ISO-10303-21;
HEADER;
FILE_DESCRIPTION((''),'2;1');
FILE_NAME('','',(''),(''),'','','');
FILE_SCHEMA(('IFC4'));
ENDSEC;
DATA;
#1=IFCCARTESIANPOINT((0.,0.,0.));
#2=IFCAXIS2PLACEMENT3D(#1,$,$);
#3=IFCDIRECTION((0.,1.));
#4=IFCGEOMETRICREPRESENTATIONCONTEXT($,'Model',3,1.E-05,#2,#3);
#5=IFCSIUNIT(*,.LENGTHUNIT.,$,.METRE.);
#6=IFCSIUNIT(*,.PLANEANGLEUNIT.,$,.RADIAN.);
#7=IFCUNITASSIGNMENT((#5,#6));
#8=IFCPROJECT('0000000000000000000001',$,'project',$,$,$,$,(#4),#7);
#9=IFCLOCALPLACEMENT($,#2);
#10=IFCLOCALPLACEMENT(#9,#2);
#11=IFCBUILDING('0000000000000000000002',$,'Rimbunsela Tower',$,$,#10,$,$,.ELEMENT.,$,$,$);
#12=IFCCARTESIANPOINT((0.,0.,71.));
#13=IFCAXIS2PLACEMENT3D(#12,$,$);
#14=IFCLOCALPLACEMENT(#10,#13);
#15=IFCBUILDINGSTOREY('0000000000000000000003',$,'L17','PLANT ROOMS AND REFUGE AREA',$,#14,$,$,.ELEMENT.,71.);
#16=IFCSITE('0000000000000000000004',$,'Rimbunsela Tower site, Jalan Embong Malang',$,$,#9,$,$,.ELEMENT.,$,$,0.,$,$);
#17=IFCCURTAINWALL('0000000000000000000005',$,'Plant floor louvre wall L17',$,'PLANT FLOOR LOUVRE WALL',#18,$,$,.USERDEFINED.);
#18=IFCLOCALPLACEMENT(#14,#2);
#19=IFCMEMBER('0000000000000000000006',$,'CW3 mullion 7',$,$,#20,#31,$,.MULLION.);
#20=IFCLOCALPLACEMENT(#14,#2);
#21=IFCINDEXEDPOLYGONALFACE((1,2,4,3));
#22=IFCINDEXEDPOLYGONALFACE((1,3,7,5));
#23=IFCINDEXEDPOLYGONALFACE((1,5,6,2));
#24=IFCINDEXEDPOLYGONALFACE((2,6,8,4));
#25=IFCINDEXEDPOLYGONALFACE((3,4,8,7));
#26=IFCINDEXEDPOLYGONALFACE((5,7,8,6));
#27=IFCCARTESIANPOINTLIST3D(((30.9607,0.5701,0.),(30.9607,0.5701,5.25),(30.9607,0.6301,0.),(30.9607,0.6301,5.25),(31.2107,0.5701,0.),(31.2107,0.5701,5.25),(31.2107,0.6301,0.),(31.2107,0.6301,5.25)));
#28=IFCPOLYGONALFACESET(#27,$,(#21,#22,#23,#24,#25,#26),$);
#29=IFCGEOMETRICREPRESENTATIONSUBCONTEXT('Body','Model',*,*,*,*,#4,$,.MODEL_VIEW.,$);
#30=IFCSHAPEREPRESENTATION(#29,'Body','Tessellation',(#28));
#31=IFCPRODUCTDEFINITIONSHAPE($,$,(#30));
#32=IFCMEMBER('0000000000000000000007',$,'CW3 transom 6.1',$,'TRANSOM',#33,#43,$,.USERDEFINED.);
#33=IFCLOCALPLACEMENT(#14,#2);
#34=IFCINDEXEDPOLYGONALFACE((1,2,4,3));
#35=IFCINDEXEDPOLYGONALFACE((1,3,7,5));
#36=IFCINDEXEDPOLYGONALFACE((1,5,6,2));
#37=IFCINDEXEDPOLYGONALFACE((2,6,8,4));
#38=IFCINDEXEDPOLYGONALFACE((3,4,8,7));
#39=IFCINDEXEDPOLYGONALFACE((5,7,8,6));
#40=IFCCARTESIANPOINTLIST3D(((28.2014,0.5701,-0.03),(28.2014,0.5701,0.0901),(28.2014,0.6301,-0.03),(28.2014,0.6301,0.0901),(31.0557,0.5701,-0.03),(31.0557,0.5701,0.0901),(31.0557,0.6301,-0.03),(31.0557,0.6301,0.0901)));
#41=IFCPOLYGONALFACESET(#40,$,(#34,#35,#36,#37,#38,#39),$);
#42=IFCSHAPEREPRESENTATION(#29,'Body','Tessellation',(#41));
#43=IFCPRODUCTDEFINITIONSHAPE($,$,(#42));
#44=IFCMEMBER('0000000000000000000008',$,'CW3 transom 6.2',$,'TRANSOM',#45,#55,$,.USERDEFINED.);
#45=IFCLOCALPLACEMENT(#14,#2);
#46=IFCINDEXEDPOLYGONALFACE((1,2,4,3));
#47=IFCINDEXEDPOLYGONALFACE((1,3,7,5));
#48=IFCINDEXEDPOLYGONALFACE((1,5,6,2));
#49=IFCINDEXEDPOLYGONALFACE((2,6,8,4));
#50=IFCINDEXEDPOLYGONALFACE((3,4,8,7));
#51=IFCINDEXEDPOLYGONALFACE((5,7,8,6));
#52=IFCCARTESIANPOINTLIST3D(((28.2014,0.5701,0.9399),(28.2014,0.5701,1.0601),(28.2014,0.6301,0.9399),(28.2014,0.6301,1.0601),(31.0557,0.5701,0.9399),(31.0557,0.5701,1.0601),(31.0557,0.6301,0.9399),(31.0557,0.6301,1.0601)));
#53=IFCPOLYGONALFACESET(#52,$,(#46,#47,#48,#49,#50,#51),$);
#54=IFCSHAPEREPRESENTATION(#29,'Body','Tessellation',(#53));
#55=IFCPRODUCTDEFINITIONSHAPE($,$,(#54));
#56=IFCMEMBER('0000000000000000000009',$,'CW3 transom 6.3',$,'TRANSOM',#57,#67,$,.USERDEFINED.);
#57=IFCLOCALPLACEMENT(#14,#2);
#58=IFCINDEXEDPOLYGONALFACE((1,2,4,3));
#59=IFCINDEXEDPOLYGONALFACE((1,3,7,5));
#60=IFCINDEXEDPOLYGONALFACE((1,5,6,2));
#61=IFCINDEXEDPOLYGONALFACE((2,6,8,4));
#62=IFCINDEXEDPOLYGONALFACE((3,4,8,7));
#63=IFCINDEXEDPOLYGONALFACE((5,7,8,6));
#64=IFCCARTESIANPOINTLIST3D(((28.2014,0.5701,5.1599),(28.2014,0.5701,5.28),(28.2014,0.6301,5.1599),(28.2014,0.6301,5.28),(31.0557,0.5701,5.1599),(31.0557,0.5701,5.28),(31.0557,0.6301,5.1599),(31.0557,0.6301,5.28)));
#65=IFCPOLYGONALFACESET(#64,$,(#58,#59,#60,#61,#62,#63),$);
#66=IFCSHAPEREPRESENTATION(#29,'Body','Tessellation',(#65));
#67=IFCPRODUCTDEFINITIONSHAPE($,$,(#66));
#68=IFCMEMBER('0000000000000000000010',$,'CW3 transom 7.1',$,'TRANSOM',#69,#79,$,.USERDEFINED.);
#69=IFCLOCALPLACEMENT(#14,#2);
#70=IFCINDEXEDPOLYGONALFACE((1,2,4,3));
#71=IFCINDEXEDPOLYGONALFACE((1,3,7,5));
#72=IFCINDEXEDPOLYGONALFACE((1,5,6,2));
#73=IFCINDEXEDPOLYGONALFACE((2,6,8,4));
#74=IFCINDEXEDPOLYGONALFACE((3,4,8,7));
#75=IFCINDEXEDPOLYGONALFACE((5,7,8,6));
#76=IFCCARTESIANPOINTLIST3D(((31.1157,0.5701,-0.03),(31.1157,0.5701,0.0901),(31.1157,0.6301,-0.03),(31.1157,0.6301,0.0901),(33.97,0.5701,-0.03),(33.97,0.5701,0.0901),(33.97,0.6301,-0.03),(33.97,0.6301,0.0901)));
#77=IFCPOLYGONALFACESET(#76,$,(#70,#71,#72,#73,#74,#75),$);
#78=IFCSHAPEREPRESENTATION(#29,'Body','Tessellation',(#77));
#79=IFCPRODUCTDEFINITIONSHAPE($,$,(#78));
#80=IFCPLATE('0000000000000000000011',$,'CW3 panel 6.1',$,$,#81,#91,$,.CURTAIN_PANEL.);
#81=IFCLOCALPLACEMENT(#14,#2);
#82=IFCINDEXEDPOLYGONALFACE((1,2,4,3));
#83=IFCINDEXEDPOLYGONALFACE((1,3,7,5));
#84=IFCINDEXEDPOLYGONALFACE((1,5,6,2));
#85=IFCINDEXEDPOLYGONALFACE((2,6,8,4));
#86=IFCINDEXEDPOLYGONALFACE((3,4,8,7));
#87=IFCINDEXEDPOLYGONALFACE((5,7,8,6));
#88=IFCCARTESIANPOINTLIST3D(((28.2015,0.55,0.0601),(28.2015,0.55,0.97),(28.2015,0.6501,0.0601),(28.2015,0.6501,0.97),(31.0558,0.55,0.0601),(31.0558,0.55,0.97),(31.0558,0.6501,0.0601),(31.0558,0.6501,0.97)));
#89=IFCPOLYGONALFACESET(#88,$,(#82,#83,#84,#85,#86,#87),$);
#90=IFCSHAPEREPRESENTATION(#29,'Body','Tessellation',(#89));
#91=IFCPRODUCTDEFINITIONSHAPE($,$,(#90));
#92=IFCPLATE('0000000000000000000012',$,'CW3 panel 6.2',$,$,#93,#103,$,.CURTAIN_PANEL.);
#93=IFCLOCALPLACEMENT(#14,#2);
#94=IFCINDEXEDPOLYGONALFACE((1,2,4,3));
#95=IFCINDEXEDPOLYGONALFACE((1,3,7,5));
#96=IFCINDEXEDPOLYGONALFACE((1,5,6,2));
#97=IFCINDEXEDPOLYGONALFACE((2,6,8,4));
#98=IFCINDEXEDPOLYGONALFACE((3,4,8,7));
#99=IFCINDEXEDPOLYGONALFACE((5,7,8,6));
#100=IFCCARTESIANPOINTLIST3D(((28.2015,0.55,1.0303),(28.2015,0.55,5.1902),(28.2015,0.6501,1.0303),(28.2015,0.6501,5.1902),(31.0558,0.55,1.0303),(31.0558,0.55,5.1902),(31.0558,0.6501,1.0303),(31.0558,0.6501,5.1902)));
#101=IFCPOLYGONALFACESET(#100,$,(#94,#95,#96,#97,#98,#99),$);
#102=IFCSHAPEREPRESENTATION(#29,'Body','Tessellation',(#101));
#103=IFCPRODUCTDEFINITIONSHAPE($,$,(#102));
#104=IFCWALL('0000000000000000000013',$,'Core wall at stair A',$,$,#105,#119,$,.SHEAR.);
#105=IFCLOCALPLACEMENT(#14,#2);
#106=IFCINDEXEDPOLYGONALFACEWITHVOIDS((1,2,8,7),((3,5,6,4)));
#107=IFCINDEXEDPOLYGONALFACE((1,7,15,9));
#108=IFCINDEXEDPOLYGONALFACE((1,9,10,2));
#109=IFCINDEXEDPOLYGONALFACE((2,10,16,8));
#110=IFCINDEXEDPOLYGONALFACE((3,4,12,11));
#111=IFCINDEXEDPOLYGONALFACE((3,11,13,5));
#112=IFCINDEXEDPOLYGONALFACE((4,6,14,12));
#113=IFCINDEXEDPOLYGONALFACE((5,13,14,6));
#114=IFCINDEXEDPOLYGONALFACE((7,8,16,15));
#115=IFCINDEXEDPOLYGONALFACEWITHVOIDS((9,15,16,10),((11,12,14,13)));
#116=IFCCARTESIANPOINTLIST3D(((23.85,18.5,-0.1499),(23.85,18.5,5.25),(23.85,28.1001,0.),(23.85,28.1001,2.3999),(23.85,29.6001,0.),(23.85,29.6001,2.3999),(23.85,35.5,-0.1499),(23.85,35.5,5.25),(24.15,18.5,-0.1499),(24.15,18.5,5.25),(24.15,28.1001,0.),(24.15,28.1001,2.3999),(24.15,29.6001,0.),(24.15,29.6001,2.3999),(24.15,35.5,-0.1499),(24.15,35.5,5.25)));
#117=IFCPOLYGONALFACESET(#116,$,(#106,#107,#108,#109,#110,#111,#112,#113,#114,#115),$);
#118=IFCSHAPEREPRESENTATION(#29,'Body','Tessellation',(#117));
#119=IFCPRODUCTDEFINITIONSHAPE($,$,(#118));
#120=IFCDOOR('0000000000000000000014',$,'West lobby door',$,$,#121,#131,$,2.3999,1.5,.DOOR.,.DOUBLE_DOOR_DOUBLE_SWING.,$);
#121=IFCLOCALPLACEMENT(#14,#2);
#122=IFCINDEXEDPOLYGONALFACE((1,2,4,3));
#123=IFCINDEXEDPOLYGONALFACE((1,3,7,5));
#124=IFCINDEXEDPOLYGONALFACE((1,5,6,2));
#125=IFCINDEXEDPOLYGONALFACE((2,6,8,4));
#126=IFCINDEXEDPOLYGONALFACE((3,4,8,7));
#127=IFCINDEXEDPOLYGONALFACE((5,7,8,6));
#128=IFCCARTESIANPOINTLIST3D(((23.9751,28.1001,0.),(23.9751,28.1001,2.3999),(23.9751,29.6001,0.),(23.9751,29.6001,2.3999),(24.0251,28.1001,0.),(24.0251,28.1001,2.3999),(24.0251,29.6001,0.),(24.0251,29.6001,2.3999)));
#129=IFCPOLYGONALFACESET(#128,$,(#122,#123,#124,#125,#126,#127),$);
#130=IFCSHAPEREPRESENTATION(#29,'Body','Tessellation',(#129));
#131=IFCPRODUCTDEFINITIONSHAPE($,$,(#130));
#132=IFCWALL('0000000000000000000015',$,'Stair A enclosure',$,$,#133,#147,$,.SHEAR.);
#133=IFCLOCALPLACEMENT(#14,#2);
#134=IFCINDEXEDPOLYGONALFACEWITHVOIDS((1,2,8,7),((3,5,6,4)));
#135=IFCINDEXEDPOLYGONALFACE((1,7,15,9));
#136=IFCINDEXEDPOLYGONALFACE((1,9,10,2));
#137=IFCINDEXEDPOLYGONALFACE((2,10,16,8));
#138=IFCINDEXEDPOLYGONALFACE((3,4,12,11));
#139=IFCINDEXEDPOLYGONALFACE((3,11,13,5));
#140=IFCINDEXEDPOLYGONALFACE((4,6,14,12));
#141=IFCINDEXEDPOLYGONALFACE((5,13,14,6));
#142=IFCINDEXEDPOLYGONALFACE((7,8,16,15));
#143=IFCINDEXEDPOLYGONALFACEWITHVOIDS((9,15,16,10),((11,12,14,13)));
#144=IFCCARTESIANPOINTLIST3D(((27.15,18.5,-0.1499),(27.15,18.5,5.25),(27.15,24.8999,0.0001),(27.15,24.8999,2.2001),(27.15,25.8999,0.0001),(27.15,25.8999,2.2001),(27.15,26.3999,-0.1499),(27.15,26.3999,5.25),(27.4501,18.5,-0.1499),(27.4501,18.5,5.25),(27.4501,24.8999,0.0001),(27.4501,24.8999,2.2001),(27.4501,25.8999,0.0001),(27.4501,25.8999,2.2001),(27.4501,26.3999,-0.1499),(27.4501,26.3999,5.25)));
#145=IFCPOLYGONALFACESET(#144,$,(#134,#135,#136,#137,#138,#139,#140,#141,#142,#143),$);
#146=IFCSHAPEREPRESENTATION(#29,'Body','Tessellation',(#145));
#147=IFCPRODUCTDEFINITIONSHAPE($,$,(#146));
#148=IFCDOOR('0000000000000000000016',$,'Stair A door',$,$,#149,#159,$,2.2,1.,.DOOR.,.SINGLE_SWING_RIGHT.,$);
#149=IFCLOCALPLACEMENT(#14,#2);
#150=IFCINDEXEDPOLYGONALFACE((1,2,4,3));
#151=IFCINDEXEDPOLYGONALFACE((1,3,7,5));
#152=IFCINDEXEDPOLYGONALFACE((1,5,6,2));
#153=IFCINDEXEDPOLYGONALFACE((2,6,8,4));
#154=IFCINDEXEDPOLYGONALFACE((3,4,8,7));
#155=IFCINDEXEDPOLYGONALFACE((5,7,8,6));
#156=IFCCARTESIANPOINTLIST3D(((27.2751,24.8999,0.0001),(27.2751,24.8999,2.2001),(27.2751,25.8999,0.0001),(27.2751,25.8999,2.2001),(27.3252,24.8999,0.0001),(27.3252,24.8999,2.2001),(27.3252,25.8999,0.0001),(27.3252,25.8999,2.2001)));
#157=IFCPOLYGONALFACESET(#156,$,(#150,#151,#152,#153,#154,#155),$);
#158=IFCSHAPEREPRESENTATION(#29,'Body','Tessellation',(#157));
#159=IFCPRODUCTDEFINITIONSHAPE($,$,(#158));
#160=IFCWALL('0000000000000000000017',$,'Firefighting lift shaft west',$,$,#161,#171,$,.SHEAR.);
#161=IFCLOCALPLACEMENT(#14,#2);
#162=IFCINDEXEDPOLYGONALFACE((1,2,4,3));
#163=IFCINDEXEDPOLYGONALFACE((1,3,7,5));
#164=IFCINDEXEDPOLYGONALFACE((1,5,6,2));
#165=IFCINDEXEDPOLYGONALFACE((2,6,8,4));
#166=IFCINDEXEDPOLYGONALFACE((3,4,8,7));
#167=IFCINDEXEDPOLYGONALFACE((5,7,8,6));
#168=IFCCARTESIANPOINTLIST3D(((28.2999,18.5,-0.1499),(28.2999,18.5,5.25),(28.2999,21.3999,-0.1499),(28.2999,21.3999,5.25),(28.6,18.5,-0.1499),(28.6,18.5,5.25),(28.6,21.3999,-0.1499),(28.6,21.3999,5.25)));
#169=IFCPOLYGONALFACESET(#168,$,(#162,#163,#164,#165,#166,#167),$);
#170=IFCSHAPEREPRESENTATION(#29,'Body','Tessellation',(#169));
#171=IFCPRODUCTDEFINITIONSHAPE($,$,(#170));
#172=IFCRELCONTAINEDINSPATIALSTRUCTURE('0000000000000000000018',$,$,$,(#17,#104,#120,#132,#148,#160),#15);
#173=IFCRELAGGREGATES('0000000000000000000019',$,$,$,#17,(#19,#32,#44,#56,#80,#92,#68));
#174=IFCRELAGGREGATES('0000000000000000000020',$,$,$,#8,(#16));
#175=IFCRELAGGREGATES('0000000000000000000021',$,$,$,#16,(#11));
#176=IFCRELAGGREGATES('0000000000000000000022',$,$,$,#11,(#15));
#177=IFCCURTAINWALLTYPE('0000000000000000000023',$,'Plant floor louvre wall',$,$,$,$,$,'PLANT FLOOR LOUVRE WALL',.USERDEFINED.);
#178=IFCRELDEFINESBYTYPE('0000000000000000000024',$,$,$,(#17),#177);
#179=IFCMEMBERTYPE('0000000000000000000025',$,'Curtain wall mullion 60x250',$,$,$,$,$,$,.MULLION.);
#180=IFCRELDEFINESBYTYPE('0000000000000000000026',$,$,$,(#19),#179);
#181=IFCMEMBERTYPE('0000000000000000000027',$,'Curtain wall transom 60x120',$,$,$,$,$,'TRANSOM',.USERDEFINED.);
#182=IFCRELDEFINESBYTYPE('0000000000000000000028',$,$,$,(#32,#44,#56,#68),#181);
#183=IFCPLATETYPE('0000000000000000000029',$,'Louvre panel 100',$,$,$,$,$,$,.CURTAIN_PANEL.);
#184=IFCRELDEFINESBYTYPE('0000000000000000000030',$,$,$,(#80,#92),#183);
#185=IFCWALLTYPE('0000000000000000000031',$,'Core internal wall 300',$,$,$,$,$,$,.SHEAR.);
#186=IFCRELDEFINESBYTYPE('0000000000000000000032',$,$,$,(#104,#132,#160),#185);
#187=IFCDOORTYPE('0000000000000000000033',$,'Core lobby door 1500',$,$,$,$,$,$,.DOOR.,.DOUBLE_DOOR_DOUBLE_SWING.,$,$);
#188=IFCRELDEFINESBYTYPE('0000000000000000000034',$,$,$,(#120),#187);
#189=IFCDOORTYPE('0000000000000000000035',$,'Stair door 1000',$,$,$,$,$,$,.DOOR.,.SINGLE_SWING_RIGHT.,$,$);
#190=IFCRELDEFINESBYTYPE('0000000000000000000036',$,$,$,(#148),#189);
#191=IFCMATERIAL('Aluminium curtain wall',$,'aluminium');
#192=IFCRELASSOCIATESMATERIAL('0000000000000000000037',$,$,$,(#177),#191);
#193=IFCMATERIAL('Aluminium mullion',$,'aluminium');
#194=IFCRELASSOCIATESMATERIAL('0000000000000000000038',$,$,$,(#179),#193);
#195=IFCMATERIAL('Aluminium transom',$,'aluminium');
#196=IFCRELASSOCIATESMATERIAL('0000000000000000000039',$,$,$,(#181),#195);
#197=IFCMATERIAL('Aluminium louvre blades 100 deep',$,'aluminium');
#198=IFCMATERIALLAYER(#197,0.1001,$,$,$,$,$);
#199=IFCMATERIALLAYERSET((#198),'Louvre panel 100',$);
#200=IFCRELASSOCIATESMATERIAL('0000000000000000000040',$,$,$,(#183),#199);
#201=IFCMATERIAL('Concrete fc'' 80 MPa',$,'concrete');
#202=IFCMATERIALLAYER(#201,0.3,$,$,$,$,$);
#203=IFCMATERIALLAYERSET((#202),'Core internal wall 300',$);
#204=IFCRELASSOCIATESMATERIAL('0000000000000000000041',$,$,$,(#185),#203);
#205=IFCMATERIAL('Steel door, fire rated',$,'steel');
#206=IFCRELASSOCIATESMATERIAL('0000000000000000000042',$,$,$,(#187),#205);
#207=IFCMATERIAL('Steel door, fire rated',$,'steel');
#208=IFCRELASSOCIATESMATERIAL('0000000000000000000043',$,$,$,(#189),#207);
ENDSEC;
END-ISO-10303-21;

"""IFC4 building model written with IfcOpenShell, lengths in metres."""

from ifc_helpers import new_model, si_unit, direction, frame, frame_2d, origin, origin_2d, place, context, subcontext, project, spatial, rectangle, extrude, material, layer, layer_set, material_profile, profile_set, type_object, element, fill, aggregate, save


model = new_model("IFC4")

# Units and contexts
model_context = context("Model", 3, precision=1e-05, world=origin(), true_north=direction((0.0, 1.0)))
body_context = subcontext(model_context, "Body", "Model", "MODEL_VIEW")
ifc_project = project(units=[si_unit("LENGTHUNIT", "METRE"), si_unit("PLANEANGLEUNIT", "RADIAN")], contexts=[model_context])

# Site, building, storey
site_placement = place(None, origin())
site = spatial("IfcSite", under=ifc_project, at=site_placement, Name="Rimbunsela Tower site, Jalan Embong Malang", CompositionType="ELEMENT", RefElevation=0.0)
building_placement = place(site_placement, origin())
building = spatial("IfcBuilding", under=site, at=building_placement, Name="Rimbunsela Tower", CompositionType="ELEMENT")
storey_placement = place(building_placement, frame((0.0, 0.0, 71.0)))
storey = spatial("IfcBuildingStorey", under=building, at=storey_placement, Name="L17", Description="PLANT ROOMS AND REFUGE AREA", CompositionType="ELEMENT", Elevation=71.0)

# Curtain wall, members, plates
ifc_material_1 = material(Name="Aluminium curtain wall", Category="aluminium")
curtain_wall_type = type_object("IfcCurtainWallType", Name="Plant floor louvre wall", ElementType="PLANT FLOOR LOUVRE WALL", PredefinedType="USERDEFINED", material=ifc_material_1)
curtain_wall_placement = place(storey_placement, origin())
curtain_wall = element("IfcCurtainWall", 1, at=curtain_wall_placement, inside=storey, type_object=curtain_wall_type, Name="Plant floor louvre wall L17", ObjectType="PLANT FLOOR LOUVRE WALL", PredefinedType="USERDEFINED")
ifc_material_2 = material(Name="Aluminium mullion", Category="aluminium")
ifc_material_profile_1 = material_profile(ifc_material_2, rectangle(XDim=0.0601, YDim=0.25, at=origin_2d()), Name="Mullion 60x250")
ifc_profile_set_1 = profile_set([ifc_material_profile_1], Name="Aluminium mullion")
member_type_1 = type_object("IfcMemberType", Name="Curtain wall mullion 60x250", PredefinedType="MULLION", material=ifc_profile_set_1)
member_1_placement = place(storey_placement, frame((31.0857, 0.6001, 0.0), z_axis=(0.0, 0.0, 1.0), x_axis=(0.0, 1.0, 0.0)))
member_1 = element("IfcMember", 2, at=member_1_placement, type_object=member_type_1, Name="CW3 mullion 7", PredefinedType="MULLION", context=body_context, shape_type="SweptSolid", body=[
    extrude(rectangle(XDim=0.0601, YDim=0.25, at=origin_2d()), origin(), (0.0, 0.0, 1.0), 5.25),
])
ifc_material_3 = material(Name="Aluminium transom", Category="aluminium")
ifc_material_profile_2 = material_profile(ifc_material_3, rectangle(XDim=0.0601, YDim=0.1201, at=origin_2d()), Name="Transom 60x120")
ifc_profile_set_2 = profile_set([ifc_material_profile_2], Name="Aluminium transom")
member_type_2 = type_object("IfcMemberType", Name="Curtain wall transom 60x120", ElementType="TRANSOM", PredefinedType="USERDEFINED", material=ifc_profile_set_2)
member_2_placement = place(storey_placement, frame((28.2014, 0.6001, 0.03), z_axis=(1.0, 0.0, 0.0), x_axis=(0.0, 1.0, 0.0)))
member_2 = element("IfcMember", 3, at=member_2_placement, type_object=member_type_2, Name="CW3 transom 6.1", ObjectType="TRANSOM", PredefinedType="USERDEFINED", context=body_context, shape_type="SweptSolid", body=[
    extrude(rectangle(XDim=0.0601, YDim=0.1201, at=origin_2d()), origin(), (0.0, 0.0, 1.0), 2.8542),
])
member_3_placement = place(storey_placement, frame((28.2014, 0.6001, 1.0), z_axis=(1.0, 0.0, 0.0), x_axis=(0.0, 1.0, 0.0)))
member_3 = element("IfcMember", 4, at=member_3_placement, type_object=member_type_2, Name="CW3 transom 6.2", ObjectType="TRANSOM", PredefinedType="USERDEFINED", context=body_context, shape_type="SweptSolid", body=[
    extrude(rectangle(XDim=0.0601, YDim=0.1201, at=origin_2d()), origin(), (0.0, 0.0, 1.0), 2.8542),
])
member_4_placement = place(storey_placement, frame((28.2014, 0.6001, 5.22), z_axis=(1.0, 0.0, 0.0), x_axis=(0.0, 1.0, 0.0)))
member_4 = element("IfcMember", 5, at=member_4_placement, type_object=member_type_2, Name="CW3 transom 6.3", ObjectType="TRANSOM", PredefinedType="USERDEFINED", context=body_context, shape_type="SweptSolid", body=[
    extrude(rectangle(XDim=0.0601, YDim=0.1201, at=origin_2d()), origin(), (0.0, 0.0, 1.0), 2.8542),
])
member_5_placement = place(storey_placement, frame((31.1157, 0.6001, 0.03), z_axis=(1.0, 0.0, 0.0), x_axis=(0.0, 1.0, 0.0)))
member_5 = element("IfcMember", 6, at=member_5_placement, type_object=member_type_2, Name="CW3 transom 7.1", ObjectType="TRANSOM", PredefinedType="USERDEFINED", context=body_context, shape_type="SweptSolid", body=[
    extrude(rectangle(XDim=0.0601, YDim=0.1201, at=origin_2d()), origin(), (0.0, 0.0, 1.0), 2.8542),
])
ifc_material_4 = material(Name="Aluminium louvre blades 100 deep", Category="aluminium")
ifc_layer_1 = layer(ifc_material_4, 0.1001)
ifc_layer_set_1 = layer_set([ifc_layer_1], Name="Louvre panel 100")
plate_type = type_object("IfcPlateType", Name="Louvre panel 100", PredefinedType="CURTAIN_PANEL", material=ifc_layer_set_1)
plate_1_placement = place(storey_placement, frame((29.6287, 0.6001, 0.0601), z_axis=(0.0, 0.0, 1.0), x_axis=(1.0, 0.0, 0.0)))
plate_1 = element("IfcPlate", 7, at=plate_1_placement, type_object=plate_type, Name="CW3 panel 6.1", PredefinedType="CURTAIN_PANEL", context=body_context, shape_type="SweptSolid", body=[
    extrude(rectangle(XDim=2.8542, YDim=0.1001, at=origin_2d()), origin(), (0.0, 0.0, 1.0), 0.9099),
])
plate_2_placement = place(storey_placement, frame((29.6287, 0.6001, 1.0303), z_axis=(0.0, 0.0, 1.0), x_axis=(1.0, 0.0, 0.0)))
plate_2 = element("IfcPlate", 8, at=plate_2_placement, type_object=plate_type, Name="CW3 panel 6.2", PredefinedType="CURTAIN_PANEL", context=body_context, shape_type="SweptSolid", body=[
    extrude(rectangle(XDim=2.8542, YDim=0.1001, at=origin_2d()), origin(), (0.0, 0.0, 1.0), 4.1599),
])
aggregate(curtain_wall, [member_1, member_2, member_3, member_4, plate_1, plate_2, member_5])

# Walls, openings, doors
ifc_material_5 = material(Name="Concrete fc' 80 MPa", Category="concrete")
ifc_layer_2 = layer(ifc_material_5, 0.3)
ifc_layer_set_2 = layer_set([ifc_layer_2], Name="Core internal wall 300")
wall_type_1 = type_object("IfcWallType", Name="Core internal wall 300", PredefinedType="SHEAR", material=ifc_layer_set_2)
wall_1_placement = place(storey_placement, frame((24.0, 18.5, -0.1499), z_axis=(0.0, 0.0, 1.0), x_axis=(0.0, 1.0, 0.0)))
wall_1 = element("IfcWall", 9, at=wall_1_placement, inside=storey, type_object=wall_type_1, Name="Core wall at stair A", PredefinedType="SHEAR", context=body_context, shape_type="SweptSolid", body=[
    extrude(rectangle(XDim=17.0, YDim=0.3, at=frame_2d((8.5, 0.0))), origin(), (0.0, 0.0, 1.0), 5.3999),
])
opening_1_placement = place(wall_1_placement, frame((9.6001, 0.0, 0.1499)))
opening_1 = element("IfcOpeningElement", 10, at=opening_1_placement, cuts=wall_1, PredefinedType="OPENING", context=body_context, shape_type="SweptSolid", body=[
    extrude(rectangle(XDim=1.5, YDim=2.3999, at=frame_2d((0.75, 1.2))), frame((0.0, 0.1599, 0.0), z_axis=(0.0, -1.0, 0.0), x_axis=(1.0, 0.0, 0.0)), (0.0, 0.0, 1.0), 0.3201),
])
ifc_material_6 = material(Name="Steel door, fire rated", Category="steel")
door_type_1 = type_object("IfcDoorType", Name="Core lobby door 1500", OperationType="DOUBLE_DOOR_DOUBLE_SWING", PredefinedType="DOOR", material=ifc_material_6)
door_1_placement = place(opening_1_placement, origin())
door_1 = element("IfcDoor", 11, at=door_1_placement, inside=storey, type_object=door_type_1, Name="West lobby door", OperationType="DOUBLE_DOOR_DOUBLE_SWING", OverallHeight=2.3999, OverallWidth=1.5, PredefinedType="DOOR", context=body_context, shape_type="SweptSolid", body=[
    extrude(rectangle(XDim=1.5, YDim=2.3999, at=frame_2d((0.75, 1.2))), frame((0.0, 0.0249, 0.0), z_axis=(0.0, -1.0, 0.0), x_axis=(1.0, 0.0, 0.0)), (0.0, 0.0, 1.0), 0.05),
])
fill(opening_1, door_1)
wall_2_placement = place(storey_placement, frame((27.3, 18.5, -0.1499), z_axis=(0.0, 0.0, 1.0), x_axis=(0.0, 1.0, 0.0)))
wall_2 = element("IfcWall", 12, at=wall_2_placement, inside=storey, type_object=wall_type_1, Name="Stair A enclosure", PredefinedType="SHEAR", context=body_context, shape_type="SweptSolid", body=[
    extrude(rectangle(XDim=7.8999, YDim=0.3, at=frame_2d((3.95, 0.0))), origin(), (0.0, 0.0, 1.0), 5.3999),
])
opening_2_placement = place(wall_2_placement, frame((6.3999, 0.0, 0.1499)))
opening_2 = element("IfcOpeningElement", 13, at=opening_2_placement, cuts=wall_2, PredefinedType="OPENING", context=body_context, shape_type="SweptSolid", body=[
    extrude(rectangle(XDim=1.0, YDim=2.2, at=frame_2d((0.5, 1.1001))), frame((0.0, 0.1599, 0.0), z_axis=(0.0, -1.0, 0.0), x_axis=(1.0, 0.0, 0.0)), (0.0, 0.0, 1.0), 0.3201),
])
ifc_material_7 = material(Name="Steel door, fire rated", Category="steel")
door_type_2 = type_object("IfcDoorType", Name="Stair door 1000", OperationType="SINGLE_SWING_RIGHT", PredefinedType="DOOR", material=ifc_material_7)
door_2_placement = place(opening_2_placement, origin())
door_2 = element("IfcDoor", 14, at=door_2_placement, inside=storey, type_object=door_type_2, Name="Stair A door", OperationType="SINGLE_SWING_RIGHT", OverallHeight=2.2, OverallWidth=1.0, PredefinedType="DOOR", context=body_context, shape_type="SweptSolid", body=[
    extrude(rectangle(XDim=1.0, YDim=2.2, at=frame_2d((0.5, 1.1001))), frame((0.0, 0.0249, 0.0), z_axis=(0.0, -1.0, 0.0), x_axis=(1.0, 0.0, 0.0)), (0.0, 0.0, 1.0), 0.05),
])
fill(opening_2, door_2)

# Wall
wall_3_placement = place(storey_placement, frame((28.45, 18.5, -0.1499), z_axis=(0.0, 0.0, 1.0), x_axis=(0.0, 1.0, 0.0)))
element("IfcWall", 15, at=wall_3_placement, inside=storey, type_object=wall_type_1, Name="Firefighting lift shaft west", PredefinedType="SHEAR", context=body_context, shape_type="SweptSolid", body=[
    extrude(rectangle(XDim=2.8999, YDim=0.3, at=frame_2d((1.45, 0.0))), origin(), (0.0, 0.0, 1.0), 5.3999),
])

save(model, "model.ifc")
